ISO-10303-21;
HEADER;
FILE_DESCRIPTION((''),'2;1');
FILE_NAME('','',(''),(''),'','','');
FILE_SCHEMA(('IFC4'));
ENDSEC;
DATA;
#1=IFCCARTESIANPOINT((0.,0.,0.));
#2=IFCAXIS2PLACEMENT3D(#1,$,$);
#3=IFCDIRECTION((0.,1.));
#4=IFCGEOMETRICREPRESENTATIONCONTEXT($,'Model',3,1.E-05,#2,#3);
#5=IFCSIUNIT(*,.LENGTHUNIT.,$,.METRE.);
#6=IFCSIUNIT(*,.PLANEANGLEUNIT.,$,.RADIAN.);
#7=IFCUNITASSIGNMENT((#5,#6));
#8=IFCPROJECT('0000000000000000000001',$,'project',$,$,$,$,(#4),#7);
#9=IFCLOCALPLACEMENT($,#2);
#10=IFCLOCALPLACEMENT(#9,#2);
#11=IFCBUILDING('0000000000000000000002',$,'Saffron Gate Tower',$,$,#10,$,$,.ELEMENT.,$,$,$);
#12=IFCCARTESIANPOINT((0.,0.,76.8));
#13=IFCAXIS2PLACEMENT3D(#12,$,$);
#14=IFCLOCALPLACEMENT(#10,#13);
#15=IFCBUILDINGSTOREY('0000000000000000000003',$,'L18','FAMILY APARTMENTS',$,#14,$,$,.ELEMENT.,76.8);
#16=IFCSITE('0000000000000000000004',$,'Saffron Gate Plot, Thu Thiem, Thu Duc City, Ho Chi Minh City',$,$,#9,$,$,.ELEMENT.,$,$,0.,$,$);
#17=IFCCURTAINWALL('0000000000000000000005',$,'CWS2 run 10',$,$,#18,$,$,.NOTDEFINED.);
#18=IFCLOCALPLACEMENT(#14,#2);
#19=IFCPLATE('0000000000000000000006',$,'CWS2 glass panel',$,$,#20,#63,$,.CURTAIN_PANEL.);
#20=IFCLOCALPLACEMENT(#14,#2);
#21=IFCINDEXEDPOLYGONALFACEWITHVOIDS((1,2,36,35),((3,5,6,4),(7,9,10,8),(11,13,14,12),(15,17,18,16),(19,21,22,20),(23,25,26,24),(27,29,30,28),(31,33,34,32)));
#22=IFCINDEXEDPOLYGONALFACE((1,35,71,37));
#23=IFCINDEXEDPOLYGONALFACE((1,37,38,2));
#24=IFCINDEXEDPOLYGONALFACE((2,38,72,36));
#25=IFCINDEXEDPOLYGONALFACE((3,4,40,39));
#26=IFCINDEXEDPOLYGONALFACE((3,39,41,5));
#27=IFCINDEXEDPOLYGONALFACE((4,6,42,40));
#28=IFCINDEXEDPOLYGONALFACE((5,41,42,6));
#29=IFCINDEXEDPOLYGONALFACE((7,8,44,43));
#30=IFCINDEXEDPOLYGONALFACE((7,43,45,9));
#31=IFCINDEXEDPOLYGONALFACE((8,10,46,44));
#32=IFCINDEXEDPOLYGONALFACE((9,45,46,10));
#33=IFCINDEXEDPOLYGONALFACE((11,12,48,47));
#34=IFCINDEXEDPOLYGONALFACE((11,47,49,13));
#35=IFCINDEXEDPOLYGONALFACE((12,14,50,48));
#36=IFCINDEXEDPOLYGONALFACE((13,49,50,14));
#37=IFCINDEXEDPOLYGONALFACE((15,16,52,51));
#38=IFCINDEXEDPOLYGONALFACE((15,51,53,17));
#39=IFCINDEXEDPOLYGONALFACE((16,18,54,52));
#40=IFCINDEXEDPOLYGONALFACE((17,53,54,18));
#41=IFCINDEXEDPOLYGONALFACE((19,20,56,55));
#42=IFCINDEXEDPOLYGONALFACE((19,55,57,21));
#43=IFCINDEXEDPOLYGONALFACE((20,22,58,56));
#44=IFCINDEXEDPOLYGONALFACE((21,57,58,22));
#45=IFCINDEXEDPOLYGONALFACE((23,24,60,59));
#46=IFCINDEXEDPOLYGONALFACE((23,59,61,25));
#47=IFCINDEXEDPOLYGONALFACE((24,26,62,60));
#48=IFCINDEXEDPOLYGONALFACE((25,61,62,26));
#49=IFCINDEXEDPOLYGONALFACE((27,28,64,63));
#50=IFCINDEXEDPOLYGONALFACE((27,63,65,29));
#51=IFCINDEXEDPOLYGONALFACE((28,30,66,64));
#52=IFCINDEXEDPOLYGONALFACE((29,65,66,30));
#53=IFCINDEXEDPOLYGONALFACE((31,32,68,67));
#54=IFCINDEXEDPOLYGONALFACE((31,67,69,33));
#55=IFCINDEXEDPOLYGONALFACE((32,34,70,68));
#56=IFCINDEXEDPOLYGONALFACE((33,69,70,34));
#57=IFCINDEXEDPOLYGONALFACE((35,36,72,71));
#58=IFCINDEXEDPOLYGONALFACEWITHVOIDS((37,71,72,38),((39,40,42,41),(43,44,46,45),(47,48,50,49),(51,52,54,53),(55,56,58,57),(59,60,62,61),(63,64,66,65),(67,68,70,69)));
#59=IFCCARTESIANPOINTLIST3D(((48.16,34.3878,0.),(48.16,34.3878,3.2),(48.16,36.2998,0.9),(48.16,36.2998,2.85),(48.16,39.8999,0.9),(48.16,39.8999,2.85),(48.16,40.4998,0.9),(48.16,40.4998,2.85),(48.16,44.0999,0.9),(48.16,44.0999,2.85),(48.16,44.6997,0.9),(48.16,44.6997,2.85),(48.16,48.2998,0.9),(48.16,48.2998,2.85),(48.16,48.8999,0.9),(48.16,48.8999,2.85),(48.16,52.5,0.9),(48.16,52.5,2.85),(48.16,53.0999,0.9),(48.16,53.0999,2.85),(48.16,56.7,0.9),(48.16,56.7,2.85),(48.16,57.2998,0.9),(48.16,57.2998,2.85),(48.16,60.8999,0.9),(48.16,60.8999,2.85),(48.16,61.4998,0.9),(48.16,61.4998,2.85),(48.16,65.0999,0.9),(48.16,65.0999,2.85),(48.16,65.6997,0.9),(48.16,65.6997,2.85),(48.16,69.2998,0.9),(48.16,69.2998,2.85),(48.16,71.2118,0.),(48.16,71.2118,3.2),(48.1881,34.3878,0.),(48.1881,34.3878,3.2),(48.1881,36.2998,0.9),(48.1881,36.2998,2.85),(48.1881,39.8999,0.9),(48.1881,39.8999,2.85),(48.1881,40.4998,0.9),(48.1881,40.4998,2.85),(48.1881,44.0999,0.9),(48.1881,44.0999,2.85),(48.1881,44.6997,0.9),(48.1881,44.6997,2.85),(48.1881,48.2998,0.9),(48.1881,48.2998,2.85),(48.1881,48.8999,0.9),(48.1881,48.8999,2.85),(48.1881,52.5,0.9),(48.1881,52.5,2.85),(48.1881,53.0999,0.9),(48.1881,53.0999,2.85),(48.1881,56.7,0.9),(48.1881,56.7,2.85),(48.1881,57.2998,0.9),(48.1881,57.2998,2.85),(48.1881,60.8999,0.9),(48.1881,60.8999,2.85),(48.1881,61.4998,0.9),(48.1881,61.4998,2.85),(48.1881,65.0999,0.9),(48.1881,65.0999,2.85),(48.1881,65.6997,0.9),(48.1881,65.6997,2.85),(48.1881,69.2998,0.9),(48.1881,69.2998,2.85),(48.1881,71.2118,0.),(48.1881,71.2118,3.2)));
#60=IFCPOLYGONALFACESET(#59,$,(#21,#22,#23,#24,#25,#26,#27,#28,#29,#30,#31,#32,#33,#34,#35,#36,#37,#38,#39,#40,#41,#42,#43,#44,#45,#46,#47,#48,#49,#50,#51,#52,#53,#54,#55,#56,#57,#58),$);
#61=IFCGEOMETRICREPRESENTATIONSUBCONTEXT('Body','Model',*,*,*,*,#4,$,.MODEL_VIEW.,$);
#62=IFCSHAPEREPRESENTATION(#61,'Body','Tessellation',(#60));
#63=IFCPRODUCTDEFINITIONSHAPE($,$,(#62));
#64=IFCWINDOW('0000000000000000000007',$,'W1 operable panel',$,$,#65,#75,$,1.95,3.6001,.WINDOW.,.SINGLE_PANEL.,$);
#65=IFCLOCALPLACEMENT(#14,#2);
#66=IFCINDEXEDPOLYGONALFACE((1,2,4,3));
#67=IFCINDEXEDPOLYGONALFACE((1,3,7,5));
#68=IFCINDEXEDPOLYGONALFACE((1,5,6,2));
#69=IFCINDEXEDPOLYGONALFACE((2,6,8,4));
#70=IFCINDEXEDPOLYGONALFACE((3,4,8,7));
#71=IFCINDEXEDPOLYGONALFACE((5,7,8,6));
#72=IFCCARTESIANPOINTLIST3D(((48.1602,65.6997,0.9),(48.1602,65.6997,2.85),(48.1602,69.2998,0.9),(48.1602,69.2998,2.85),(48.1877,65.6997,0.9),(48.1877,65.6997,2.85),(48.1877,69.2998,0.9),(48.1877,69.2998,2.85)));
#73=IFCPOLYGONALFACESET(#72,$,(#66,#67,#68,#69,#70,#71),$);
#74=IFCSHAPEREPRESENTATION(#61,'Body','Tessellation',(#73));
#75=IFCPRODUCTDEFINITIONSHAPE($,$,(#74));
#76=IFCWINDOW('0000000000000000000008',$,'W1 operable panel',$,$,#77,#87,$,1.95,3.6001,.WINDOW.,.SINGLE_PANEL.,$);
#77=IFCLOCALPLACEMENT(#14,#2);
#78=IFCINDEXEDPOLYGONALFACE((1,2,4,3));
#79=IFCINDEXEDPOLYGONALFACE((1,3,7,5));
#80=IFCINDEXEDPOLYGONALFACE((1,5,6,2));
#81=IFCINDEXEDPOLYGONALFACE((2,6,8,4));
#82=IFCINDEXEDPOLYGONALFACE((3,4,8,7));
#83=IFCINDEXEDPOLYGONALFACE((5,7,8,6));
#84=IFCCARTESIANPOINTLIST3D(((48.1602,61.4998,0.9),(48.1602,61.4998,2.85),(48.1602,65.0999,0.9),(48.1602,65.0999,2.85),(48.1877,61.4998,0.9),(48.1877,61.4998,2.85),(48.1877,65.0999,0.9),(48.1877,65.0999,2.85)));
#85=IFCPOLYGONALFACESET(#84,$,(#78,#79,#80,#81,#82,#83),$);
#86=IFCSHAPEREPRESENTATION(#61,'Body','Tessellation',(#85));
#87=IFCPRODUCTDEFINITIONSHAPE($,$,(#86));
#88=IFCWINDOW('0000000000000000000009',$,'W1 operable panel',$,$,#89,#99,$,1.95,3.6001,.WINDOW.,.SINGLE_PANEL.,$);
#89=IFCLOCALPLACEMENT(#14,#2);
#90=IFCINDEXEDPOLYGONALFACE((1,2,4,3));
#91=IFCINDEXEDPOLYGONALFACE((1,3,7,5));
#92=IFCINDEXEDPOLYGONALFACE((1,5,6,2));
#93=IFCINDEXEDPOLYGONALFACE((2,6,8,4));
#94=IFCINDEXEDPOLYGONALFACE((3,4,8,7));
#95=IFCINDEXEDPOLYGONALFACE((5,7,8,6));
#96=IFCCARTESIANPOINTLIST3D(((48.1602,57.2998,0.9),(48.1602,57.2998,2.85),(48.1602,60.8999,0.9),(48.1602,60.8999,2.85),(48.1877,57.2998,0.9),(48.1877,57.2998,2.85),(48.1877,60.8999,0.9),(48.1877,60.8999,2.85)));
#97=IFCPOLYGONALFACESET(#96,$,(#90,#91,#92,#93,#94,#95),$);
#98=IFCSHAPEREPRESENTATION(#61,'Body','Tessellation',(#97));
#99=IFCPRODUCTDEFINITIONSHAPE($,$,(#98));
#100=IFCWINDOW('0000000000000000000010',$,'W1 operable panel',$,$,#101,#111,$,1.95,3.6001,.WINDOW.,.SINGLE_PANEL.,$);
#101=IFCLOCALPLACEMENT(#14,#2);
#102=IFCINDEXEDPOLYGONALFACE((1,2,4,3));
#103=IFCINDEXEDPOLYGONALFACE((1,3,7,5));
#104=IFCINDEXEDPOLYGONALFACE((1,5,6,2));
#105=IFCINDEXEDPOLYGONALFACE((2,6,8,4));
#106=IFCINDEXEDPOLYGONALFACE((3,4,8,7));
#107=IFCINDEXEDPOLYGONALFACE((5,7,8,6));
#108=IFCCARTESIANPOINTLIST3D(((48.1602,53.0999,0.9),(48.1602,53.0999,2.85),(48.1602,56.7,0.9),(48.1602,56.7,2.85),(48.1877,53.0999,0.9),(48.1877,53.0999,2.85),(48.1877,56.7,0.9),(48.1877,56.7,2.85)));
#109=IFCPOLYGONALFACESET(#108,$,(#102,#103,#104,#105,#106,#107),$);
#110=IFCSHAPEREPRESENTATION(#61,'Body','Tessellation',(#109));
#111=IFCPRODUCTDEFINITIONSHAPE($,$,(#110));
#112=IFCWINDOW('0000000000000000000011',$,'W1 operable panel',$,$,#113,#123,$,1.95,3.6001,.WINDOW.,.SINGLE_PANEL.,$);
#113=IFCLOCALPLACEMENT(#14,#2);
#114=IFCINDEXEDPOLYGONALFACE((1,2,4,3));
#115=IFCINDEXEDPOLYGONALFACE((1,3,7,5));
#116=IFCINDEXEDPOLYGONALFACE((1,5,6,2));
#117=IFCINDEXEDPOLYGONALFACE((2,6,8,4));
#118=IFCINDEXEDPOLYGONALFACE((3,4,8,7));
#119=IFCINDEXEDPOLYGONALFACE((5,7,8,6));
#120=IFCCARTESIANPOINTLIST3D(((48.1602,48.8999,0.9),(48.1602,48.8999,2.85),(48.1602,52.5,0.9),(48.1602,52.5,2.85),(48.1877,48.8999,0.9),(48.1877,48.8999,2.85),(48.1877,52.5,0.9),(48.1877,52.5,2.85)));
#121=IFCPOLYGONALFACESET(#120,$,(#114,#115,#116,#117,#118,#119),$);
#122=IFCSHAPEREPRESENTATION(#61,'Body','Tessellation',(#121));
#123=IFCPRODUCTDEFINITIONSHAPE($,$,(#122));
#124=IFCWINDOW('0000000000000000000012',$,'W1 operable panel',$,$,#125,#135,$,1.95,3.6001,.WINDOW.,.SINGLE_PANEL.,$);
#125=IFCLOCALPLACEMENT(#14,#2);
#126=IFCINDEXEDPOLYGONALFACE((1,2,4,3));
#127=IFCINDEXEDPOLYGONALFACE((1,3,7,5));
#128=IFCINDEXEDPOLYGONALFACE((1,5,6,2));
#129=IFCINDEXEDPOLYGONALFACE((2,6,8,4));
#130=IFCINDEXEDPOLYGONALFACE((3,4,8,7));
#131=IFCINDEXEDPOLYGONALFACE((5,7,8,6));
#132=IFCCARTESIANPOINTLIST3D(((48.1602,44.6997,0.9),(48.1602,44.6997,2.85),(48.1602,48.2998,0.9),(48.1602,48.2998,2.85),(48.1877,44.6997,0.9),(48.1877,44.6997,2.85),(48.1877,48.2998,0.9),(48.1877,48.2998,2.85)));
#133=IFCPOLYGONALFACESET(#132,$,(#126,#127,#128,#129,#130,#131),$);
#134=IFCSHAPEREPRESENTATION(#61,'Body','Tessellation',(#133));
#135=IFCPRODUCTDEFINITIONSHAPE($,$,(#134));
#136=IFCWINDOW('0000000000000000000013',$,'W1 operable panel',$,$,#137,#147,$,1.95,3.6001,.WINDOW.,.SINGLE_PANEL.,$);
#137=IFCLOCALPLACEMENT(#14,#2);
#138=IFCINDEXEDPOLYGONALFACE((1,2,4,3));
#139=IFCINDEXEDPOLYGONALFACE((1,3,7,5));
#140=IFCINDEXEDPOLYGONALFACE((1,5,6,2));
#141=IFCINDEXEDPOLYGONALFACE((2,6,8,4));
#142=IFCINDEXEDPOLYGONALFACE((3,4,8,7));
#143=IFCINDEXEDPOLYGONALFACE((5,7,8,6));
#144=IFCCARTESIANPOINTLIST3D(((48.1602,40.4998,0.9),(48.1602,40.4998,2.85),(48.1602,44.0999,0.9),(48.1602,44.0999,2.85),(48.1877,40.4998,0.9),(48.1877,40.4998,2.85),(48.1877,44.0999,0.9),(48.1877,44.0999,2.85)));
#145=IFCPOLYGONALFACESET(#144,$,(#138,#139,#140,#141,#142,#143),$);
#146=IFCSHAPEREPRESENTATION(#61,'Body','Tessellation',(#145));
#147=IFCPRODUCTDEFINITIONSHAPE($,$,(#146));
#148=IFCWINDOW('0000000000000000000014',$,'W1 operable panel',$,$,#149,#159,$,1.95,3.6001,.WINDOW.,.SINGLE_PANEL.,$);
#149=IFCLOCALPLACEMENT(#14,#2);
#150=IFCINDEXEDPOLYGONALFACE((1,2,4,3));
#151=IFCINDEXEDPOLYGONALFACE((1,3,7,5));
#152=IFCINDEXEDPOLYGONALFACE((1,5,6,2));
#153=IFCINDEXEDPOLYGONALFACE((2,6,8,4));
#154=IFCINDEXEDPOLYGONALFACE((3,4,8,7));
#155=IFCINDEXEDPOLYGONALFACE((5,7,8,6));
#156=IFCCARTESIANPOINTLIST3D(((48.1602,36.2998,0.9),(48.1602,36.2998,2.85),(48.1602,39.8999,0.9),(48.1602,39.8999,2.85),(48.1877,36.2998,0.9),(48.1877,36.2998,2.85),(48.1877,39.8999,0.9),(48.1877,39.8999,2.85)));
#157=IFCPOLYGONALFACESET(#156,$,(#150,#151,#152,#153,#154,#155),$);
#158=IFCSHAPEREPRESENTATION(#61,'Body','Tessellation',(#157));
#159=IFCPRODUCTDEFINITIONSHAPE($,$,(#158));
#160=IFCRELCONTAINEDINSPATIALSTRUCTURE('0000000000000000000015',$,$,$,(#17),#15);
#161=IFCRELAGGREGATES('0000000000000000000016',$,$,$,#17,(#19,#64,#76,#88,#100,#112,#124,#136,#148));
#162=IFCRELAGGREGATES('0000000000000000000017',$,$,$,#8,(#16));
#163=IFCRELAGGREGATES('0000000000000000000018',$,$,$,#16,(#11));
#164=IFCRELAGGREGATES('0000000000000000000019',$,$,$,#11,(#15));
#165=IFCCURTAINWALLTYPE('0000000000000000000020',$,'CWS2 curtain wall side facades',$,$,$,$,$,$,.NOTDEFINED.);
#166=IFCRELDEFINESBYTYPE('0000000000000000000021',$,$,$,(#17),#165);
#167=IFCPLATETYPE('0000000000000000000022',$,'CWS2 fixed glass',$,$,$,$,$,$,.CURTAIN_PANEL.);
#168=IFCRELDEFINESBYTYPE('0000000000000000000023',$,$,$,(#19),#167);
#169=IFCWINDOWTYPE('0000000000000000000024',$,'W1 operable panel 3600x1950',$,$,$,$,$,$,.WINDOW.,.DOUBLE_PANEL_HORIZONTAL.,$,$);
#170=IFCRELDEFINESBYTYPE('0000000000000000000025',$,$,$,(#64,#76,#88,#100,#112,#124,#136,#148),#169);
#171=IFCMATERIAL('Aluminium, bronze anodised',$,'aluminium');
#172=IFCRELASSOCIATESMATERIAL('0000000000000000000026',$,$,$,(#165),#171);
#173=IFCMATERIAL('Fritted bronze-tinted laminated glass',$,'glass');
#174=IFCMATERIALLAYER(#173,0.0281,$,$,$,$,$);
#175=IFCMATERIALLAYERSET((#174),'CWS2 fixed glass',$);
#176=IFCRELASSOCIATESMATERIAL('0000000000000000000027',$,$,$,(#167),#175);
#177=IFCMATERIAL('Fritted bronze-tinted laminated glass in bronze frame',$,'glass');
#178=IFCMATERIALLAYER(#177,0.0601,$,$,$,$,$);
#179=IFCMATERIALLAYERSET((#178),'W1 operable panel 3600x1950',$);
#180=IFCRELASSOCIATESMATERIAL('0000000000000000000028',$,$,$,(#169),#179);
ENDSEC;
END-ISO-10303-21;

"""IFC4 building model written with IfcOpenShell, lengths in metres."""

from ifc_helpers import new_model, si_unit, direction, frame, frame_2d, origin, place, context, subcontext, project, spatial, rectangle, extrude, material, layer, layer_set, type_object, element, fill, aggregate, save


model = new_model("IFC4")

# Units and contexts
model_context = context("Model", 3, precision=1e-05, world=origin(), true_north=direction((0.0, 1.0)))
body_context = subcontext(model_context, "Body", "Model", "MODEL_VIEW")
ifc_project = project(units=[si_unit("LENGTHUNIT", "METRE"), si_unit("PLANEANGLEUNIT", "RADIAN")], contexts=[model_context])

# Site, building, storey
site_placement = place(None, origin())
site = spatial("IfcSite", under=ifc_project, at=site_placement, Name="Saffron Gate Plot, Thu Thiem, Thu Duc City, Ho Chi Minh City", CompositionType="ELEMENT", RefElevation=0.0)
building_placement = place(site_placement, origin())
building = spatial("IfcBuilding", under=site, at=building_placement, Name="Saffron Gate Tower", CompositionType="ELEMENT")
storey_placement = place(building_placement, frame((0.0, 0.0, 76.8)))
storey = spatial("IfcBuildingStorey", under=building, at=storey_placement, Name="L18", Description="FAMILY APARTMENTS", CompositionType="ELEMENT", Elevation=76.8)

# Curtain wall
ifc_material_1 = material(Name="Aluminium, bronze anodised", Category="aluminium")
curtain_wall_type_1 = type_object("IfcCurtainWallType", Name="CWS2 curtain wall side facades", PredefinedType="NOTDEFINED", material=ifc_material_1)
curtain_wall_1_placement = place(storey_placement, origin())
curtain_wall_1 = element("IfcCurtainWall", 1, at=curtain_wall_1_placement, inside=storey, type_object=curtain_wall_type_1, Name="CWS2 run 10", PredefinedType="NOTDEFINED")

# Plate, openings, windows
ifc_material_2 = material(Name="Fritted bronze-tinted laminated glass", Category="glass")
ifc_layer_1 = layer(ifc_material_2, 0.0281)
ifc_layer_set_1 = layer_set([ifc_layer_1], Name="CWS2 fixed glass")
plate_type_1 = type_object("IfcPlateType", Name="CWS2 fixed glass", PredefinedType="CURTAIN_PANEL", material=ifc_layer_set_1)
plate_1_placement = place(storey_placement, frame((48.1741, 71.2119, 0.0), z_axis=(0.0, 0.0, 1.0), x_axis=(0.0, -1.0, 0.0)))
plate_1 = element("IfcPlate", 2, at=plate_1_placement, type_object=plate_type_1, Name="CWS2 glass panel", PredefinedType="CURTAIN_PANEL", context=body_context, shape_type="SweptSolid", body=[
    extrude(rectangle(XDim=36.824, YDim=0.0281, at=frame_2d((18.4121, 0.0))), origin(), (0.0, 0.0, 1.0), 3.2),
])
opening_1_placement = place(plate_1_placement, frame((1.9121, 0.0, 0.8999)))
opening_1 = element("IfcOpeningElement", 3, at=opening_1_placement, cuts=plate_1, PredefinedType="OPENING", context=body_context, shape_type="SweptSolid", body=[
    extrude(rectangle(XDim=3.6001, YDim=1.95, at=frame_2d((1.8, 0.9751))), frame((0.0, 0.0239, 0.0), z_axis=(0.0, -1.0, 0.0), x_axis=(1.0, 0.0, 0.0)), (0.0, 0.0, 1.0), 0.0481),
])
opening_2_placement = place(plate_1_placement, frame((6.1121, 0.0, 0.8999)))
opening_2 = element("IfcOpeningElement", 4, at=opening_2_placement, cuts=plate_1, PredefinedType="OPENING", context=body_context, shape_type="SweptSolid", body=[
    extrude(rectangle(XDim=3.6001, YDim=1.95, at=frame_2d((1.8, 0.9751))), frame((0.0, 0.0239, 0.0), z_axis=(0.0, -1.0, 0.0), x_axis=(1.0, 0.0, 0.0)), (0.0, 0.0, 1.0), 0.0481),
])
opening_3_placement = place(plate_1_placement, frame((10.312, 0.0, 0.8999)))
opening_3 = element("IfcOpeningElement", 5, at=opening_3_placement, cuts=plate_1, PredefinedType="OPENING", context=body_context, shape_type="SweptSolid", body=[
    extrude(rectangle(XDim=3.6001, YDim=1.95, at=frame_2d((1.8, 0.9751))), frame((0.0, 0.0239, 0.0), z_axis=(0.0, -1.0, 0.0), x_axis=(1.0, 0.0, 0.0)), (0.0, 0.0, 1.0), 0.0481),
])
opening_4_placement = place(plate_1_placement, frame((14.512, 0.0, 0.8999)))
opening_4 = element("IfcOpeningElement", 6, at=opening_4_placement, cuts=plate_1, PredefinedType="OPENING", context=body_context, shape_type="SweptSolid", body=[
    extrude(rectangle(XDim=3.6001, YDim=1.95, at=frame_2d((1.8, 0.9751))), frame((0.0, 0.0239, 0.0), z_axis=(0.0, -1.0, 0.0), x_axis=(1.0, 0.0, 0.0)), (0.0, 0.0, 1.0), 0.0481),
])
opening_5_placement = place(plate_1_placement, frame((18.7119, 0.0, 0.8999)))
opening_5 = element("IfcOpeningElement", 7, at=opening_5_placement, cuts=plate_1, PredefinedType="OPENING", context=body_context, shape_type="SweptSolid", body=[
    extrude(rectangle(XDim=3.6001, YDim=1.95, at=frame_2d((1.8, 0.9751))), frame((0.0, 0.0239, 0.0), z_axis=(0.0, -1.0, 0.0), x_axis=(1.0, 0.0, 0.0)), (0.0, 0.0, 1.0), 0.0481),
])
opening_6_placement = place(plate_1_placement, frame((22.9121, 0.0, 0.8999)))
opening_6 = element("IfcOpeningElement", 8, at=opening_6_placement, cuts=plate_1, PredefinedType="OPENING", context=body_context, shape_type="SweptSolid", body=[
    extrude(rectangle(XDim=3.6001, YDim=1.95, at=frame_2d((1.8, 0.9751))), frame((0.0, 0.0239, 0.0), z_axis=(0.0, -1.0, 0.0), x_axis=(1.0, 0.0, 0.0)), (0.0, 0.0, 1.0), 0.0481),
])
opening_7_placement = place(plate_1_placement, frame((27.1121, 0.0, 0.8999)))
opening_7 = element("IfcOpeningElement", 9, at=opening_7_placement, cuts=plate_1, PredefinedType="OPENING", context=body_context, shape_type="SweptSolid", body=[
    extrude(rectangle(XDim=3.6001, YDim=1.95, at=frame_2d((1.8, 0.9751))), frame((0.0, 0.0239, 0.0), z_axis=(0.0, -1.0, 0.0), x_axis=(1.0, 0.0, 0.0)), (0.0, 0.0, 1.0), 0.0481),
])
opening_8_placement = place(plate_1_placement, frame((31.312, 0.0, 0.8999)))
opening_8 = element("IfcOpeningElement", 10, at=opening_8_placement, cuts=plate_1, PredefinedType="OPENING", context=body_context, shape_type="SweptSolid", body=[
    extrude(rectangle(XDim=3.6001, YDim=1.95, at=frame_2d((1.8, 0.9751))), frame((0.0, 0.0239, 0.0), z_axis=(0.0, -1.0, 0.0), x_axis=(1.0, 0.0, 0.0)), (0.0, 0.0, 1.0), 0.0481),
])
ifc_material_3 = material(Name="Fritted bronze-tinted laminated glass in bronze frame", Category="glass")
ifc_layer_2 = layer(ifc_material_3, 0.0601)
ifc_layer_set_2 = layer_set([ifc_layer_2], Name="W1 operable panel 3600x1950")
window_type = type_object("IfcWindowType", Name="W1 operable panel 3600x1950", PartitioningType="DOUBLE_PANEL_HORIZONTAL", PredefinedType="WINDOW", material=ifc_layer_set_2)
window_1_placement = place(opening_1_placement, origin())
window_1 = element("IfcWindow", 11, at=window_1_placement, type_object=window_type, Name="W1 operable panel", OverallHeight=1.95, OverallWidth=3.6001, PartitioningType="SINGLE_PANEL", PredefinedType="WINDOW", context=body_context, shape_type="SweptSolid", body=[
    extrude(rectangle(XDim=3.6001, YDim=1.95, at=frame_2d((1.8, 0.9751))), frame((0.0, 0.0137, 0.0), z_axis=(0.0, -1.0, 0.0), x_axis=(1.0, 0.0, 0.0)), (0.0, 0.0, 1.0), 0.0276),
])
fill(opening_1, window_1)
window_2_placement = place(opening_2_placement, origin())
window_2 = element("IfcWindow", 12, at=window_2_placement, type_object=window_type, Name="W1 operable panel", OverallHeight=1.95, OverallWidth=3.6001, PartitioningType="SINGLE_PANEL", PredefinedType="WINDOW", context=body_context, shape_type="SweptSolid", body=[
    extrude(rectangle(XDim=3.6001, YDim=1.95, at=frame_2d((1.8, 0.9751))), frame((0.0, 0.0137, 0.0), z_axis=(0.0, -1.0, 0.0), x_axis=(1.0, 0.0, 0.0)), (0.0, 0.0, 1.0), 0.0276),
])
fill(opening_2, window_2)
window_3_placement = place(opening_3_placement, origin())
window_3 = element("IfcWindow", 13, at=window_3_placement, type_object=window_type, Name="W1 operable panel", OverallHeight=1.95, OverallWidth=3.6001, PartitioningType="SINGLE_PANEL", PredefinedType="WINDOW", context=body_context, shape_type="SweptSolid", body=[
    extrude(rectangle(XDim=3.6001, YDim=1.95, at=frame_2d((1.8, 0.9751))), frame((0.0, 0.0137, 0.0), z_axis=(0.0, -1.0, 0.0), x_axis=(1.0, 0.0, 0.0)), (0.0, 0.0, 1.0), 0.0276),
])
fill(opening_3, window_3)
window_4_placement = place(opening_4_placement, origin())
window_4 = element("IfcWindow", 14, at=window_4_placement, type_object=window_type, Name="W1 operable panel", OverallHeight=1.95, OverallWidth=3.6001, PartitioningType="SINGLE_PANEL", PredefinedType="WINDOW", context=body_context, shape_type="SweptSolid", body=[
    extrude(rectangle(XDim=3.6001, YDim=1.95, at=frame_2d((1.8, 0.9751))), frame((0.0, 0.0137, 0.0), z_axis=(0.0, -1.0, 0.0), x_axis=(1.0, 0.0, 0.0)), (0.0, 0.0, 1.0), 0.0276),
])
fill(opening_4, window_4)
window_5_placement = place(opening_5_placement, origin())
window_5 = element("IfcWindow", 15, at=window_5_placement, type_object=window_type, Name="W1 operable panel", OverallHeight=1.95, OverallWidth=3.6001, PartitioningType="SINGLE_PANEL", PredefinedType="WINDOW", context=body_context, shape_type="SweptSolid", body=[
    extrude(rectangle(XDim=3.6001, YDim=1.95, at=frame_2d((1.8, 0.9751))), frame((0.0, 0.0137, 0.0), z_axis=(0.0, -1.0, 0.0), x_axis=(1.0, 0.0, 0.0)), (0.0, 0.0, 1.0), 0.0276),
])
fill(opening_5, window_5)
window_6_placement = place(opening_6_placement, origin())
window_6 = element("IfcWindow", 16, at=window_6_placement, type_object=window_type, Name="W1 operable panel", OverallHeight=1.95, OverallWidth=3.6001, PartitioningType="SINGLE_PANEL", PredefinedType="WINDOW", context=body_context, shape_type="SweptSolid", body=[
    extrude(rectangle(XDim=3.6001, YDim=1.95, at=frame_2d((1.8, 0.9751))), frame((0.0, 0.0137, 0.0), z_axis=(0.0, -1.0, 0.0), x_axis=(1.0, 0.0, 0.0)), (0.0, 0.0, 1.0), 0.0276),
])
fill(opening_6, window_6)
window_7_placement = place(opening_7_placement, origin())
window_7 = element("IfcWindow", 17, at=window_7_placement, type_object=window_type, Name="W1 operable panel", OverallHeight=1.95, OverallWidth=3.6001, PartitioningType="SINGLE_PANEL", PredefinedType="WINDOW", context=body_context, shape_type="SweptSolid", body=[
    extrude(rectangle(XDim=3.6001, YDim=1.95, at=frame_2d((1.8, 0.9751))), frame((0.0, 0.0137, 0.0), z_axis=(0.0, -1.0, 0.0), x_axis=(1.0, 0.0, 0.0)), (0.0, 0.0, 1.0), 0.0276),
])
fill(opening_7, window_7)
window_8_placement = place(opening_8_placement, origin())
window_8 = element("IfcWindow", 18, at=window_8_placement, type_object=window_type, Name="W1 operable panel", OverallHeight=1.95, OverallWidth=3.6001, PartitioningType="SINGLE_PANEL", PredefinedType="WINDOW", context=body_context, shape_type="SweptSolid", body=[
    extrude(rectangle(XDim=3.6001, YDim=1.95, at=frame_2d((1.8, 0.9751))), frame((0.0, 0.0137, 0.0), z_axis=(0.0, -1.0, 0.0), x_axis=(1.0, 0.0, 0.0)), (0.0, 0.0, 1.0), 0.0276),
])
fill(opening_8, window_8)
aggregate(curtain_wall_1, [plate_1, window_1, window_2, window_3, window_4, window_5, window_6, window_7, window_8])

save(model, "model.ifc")
